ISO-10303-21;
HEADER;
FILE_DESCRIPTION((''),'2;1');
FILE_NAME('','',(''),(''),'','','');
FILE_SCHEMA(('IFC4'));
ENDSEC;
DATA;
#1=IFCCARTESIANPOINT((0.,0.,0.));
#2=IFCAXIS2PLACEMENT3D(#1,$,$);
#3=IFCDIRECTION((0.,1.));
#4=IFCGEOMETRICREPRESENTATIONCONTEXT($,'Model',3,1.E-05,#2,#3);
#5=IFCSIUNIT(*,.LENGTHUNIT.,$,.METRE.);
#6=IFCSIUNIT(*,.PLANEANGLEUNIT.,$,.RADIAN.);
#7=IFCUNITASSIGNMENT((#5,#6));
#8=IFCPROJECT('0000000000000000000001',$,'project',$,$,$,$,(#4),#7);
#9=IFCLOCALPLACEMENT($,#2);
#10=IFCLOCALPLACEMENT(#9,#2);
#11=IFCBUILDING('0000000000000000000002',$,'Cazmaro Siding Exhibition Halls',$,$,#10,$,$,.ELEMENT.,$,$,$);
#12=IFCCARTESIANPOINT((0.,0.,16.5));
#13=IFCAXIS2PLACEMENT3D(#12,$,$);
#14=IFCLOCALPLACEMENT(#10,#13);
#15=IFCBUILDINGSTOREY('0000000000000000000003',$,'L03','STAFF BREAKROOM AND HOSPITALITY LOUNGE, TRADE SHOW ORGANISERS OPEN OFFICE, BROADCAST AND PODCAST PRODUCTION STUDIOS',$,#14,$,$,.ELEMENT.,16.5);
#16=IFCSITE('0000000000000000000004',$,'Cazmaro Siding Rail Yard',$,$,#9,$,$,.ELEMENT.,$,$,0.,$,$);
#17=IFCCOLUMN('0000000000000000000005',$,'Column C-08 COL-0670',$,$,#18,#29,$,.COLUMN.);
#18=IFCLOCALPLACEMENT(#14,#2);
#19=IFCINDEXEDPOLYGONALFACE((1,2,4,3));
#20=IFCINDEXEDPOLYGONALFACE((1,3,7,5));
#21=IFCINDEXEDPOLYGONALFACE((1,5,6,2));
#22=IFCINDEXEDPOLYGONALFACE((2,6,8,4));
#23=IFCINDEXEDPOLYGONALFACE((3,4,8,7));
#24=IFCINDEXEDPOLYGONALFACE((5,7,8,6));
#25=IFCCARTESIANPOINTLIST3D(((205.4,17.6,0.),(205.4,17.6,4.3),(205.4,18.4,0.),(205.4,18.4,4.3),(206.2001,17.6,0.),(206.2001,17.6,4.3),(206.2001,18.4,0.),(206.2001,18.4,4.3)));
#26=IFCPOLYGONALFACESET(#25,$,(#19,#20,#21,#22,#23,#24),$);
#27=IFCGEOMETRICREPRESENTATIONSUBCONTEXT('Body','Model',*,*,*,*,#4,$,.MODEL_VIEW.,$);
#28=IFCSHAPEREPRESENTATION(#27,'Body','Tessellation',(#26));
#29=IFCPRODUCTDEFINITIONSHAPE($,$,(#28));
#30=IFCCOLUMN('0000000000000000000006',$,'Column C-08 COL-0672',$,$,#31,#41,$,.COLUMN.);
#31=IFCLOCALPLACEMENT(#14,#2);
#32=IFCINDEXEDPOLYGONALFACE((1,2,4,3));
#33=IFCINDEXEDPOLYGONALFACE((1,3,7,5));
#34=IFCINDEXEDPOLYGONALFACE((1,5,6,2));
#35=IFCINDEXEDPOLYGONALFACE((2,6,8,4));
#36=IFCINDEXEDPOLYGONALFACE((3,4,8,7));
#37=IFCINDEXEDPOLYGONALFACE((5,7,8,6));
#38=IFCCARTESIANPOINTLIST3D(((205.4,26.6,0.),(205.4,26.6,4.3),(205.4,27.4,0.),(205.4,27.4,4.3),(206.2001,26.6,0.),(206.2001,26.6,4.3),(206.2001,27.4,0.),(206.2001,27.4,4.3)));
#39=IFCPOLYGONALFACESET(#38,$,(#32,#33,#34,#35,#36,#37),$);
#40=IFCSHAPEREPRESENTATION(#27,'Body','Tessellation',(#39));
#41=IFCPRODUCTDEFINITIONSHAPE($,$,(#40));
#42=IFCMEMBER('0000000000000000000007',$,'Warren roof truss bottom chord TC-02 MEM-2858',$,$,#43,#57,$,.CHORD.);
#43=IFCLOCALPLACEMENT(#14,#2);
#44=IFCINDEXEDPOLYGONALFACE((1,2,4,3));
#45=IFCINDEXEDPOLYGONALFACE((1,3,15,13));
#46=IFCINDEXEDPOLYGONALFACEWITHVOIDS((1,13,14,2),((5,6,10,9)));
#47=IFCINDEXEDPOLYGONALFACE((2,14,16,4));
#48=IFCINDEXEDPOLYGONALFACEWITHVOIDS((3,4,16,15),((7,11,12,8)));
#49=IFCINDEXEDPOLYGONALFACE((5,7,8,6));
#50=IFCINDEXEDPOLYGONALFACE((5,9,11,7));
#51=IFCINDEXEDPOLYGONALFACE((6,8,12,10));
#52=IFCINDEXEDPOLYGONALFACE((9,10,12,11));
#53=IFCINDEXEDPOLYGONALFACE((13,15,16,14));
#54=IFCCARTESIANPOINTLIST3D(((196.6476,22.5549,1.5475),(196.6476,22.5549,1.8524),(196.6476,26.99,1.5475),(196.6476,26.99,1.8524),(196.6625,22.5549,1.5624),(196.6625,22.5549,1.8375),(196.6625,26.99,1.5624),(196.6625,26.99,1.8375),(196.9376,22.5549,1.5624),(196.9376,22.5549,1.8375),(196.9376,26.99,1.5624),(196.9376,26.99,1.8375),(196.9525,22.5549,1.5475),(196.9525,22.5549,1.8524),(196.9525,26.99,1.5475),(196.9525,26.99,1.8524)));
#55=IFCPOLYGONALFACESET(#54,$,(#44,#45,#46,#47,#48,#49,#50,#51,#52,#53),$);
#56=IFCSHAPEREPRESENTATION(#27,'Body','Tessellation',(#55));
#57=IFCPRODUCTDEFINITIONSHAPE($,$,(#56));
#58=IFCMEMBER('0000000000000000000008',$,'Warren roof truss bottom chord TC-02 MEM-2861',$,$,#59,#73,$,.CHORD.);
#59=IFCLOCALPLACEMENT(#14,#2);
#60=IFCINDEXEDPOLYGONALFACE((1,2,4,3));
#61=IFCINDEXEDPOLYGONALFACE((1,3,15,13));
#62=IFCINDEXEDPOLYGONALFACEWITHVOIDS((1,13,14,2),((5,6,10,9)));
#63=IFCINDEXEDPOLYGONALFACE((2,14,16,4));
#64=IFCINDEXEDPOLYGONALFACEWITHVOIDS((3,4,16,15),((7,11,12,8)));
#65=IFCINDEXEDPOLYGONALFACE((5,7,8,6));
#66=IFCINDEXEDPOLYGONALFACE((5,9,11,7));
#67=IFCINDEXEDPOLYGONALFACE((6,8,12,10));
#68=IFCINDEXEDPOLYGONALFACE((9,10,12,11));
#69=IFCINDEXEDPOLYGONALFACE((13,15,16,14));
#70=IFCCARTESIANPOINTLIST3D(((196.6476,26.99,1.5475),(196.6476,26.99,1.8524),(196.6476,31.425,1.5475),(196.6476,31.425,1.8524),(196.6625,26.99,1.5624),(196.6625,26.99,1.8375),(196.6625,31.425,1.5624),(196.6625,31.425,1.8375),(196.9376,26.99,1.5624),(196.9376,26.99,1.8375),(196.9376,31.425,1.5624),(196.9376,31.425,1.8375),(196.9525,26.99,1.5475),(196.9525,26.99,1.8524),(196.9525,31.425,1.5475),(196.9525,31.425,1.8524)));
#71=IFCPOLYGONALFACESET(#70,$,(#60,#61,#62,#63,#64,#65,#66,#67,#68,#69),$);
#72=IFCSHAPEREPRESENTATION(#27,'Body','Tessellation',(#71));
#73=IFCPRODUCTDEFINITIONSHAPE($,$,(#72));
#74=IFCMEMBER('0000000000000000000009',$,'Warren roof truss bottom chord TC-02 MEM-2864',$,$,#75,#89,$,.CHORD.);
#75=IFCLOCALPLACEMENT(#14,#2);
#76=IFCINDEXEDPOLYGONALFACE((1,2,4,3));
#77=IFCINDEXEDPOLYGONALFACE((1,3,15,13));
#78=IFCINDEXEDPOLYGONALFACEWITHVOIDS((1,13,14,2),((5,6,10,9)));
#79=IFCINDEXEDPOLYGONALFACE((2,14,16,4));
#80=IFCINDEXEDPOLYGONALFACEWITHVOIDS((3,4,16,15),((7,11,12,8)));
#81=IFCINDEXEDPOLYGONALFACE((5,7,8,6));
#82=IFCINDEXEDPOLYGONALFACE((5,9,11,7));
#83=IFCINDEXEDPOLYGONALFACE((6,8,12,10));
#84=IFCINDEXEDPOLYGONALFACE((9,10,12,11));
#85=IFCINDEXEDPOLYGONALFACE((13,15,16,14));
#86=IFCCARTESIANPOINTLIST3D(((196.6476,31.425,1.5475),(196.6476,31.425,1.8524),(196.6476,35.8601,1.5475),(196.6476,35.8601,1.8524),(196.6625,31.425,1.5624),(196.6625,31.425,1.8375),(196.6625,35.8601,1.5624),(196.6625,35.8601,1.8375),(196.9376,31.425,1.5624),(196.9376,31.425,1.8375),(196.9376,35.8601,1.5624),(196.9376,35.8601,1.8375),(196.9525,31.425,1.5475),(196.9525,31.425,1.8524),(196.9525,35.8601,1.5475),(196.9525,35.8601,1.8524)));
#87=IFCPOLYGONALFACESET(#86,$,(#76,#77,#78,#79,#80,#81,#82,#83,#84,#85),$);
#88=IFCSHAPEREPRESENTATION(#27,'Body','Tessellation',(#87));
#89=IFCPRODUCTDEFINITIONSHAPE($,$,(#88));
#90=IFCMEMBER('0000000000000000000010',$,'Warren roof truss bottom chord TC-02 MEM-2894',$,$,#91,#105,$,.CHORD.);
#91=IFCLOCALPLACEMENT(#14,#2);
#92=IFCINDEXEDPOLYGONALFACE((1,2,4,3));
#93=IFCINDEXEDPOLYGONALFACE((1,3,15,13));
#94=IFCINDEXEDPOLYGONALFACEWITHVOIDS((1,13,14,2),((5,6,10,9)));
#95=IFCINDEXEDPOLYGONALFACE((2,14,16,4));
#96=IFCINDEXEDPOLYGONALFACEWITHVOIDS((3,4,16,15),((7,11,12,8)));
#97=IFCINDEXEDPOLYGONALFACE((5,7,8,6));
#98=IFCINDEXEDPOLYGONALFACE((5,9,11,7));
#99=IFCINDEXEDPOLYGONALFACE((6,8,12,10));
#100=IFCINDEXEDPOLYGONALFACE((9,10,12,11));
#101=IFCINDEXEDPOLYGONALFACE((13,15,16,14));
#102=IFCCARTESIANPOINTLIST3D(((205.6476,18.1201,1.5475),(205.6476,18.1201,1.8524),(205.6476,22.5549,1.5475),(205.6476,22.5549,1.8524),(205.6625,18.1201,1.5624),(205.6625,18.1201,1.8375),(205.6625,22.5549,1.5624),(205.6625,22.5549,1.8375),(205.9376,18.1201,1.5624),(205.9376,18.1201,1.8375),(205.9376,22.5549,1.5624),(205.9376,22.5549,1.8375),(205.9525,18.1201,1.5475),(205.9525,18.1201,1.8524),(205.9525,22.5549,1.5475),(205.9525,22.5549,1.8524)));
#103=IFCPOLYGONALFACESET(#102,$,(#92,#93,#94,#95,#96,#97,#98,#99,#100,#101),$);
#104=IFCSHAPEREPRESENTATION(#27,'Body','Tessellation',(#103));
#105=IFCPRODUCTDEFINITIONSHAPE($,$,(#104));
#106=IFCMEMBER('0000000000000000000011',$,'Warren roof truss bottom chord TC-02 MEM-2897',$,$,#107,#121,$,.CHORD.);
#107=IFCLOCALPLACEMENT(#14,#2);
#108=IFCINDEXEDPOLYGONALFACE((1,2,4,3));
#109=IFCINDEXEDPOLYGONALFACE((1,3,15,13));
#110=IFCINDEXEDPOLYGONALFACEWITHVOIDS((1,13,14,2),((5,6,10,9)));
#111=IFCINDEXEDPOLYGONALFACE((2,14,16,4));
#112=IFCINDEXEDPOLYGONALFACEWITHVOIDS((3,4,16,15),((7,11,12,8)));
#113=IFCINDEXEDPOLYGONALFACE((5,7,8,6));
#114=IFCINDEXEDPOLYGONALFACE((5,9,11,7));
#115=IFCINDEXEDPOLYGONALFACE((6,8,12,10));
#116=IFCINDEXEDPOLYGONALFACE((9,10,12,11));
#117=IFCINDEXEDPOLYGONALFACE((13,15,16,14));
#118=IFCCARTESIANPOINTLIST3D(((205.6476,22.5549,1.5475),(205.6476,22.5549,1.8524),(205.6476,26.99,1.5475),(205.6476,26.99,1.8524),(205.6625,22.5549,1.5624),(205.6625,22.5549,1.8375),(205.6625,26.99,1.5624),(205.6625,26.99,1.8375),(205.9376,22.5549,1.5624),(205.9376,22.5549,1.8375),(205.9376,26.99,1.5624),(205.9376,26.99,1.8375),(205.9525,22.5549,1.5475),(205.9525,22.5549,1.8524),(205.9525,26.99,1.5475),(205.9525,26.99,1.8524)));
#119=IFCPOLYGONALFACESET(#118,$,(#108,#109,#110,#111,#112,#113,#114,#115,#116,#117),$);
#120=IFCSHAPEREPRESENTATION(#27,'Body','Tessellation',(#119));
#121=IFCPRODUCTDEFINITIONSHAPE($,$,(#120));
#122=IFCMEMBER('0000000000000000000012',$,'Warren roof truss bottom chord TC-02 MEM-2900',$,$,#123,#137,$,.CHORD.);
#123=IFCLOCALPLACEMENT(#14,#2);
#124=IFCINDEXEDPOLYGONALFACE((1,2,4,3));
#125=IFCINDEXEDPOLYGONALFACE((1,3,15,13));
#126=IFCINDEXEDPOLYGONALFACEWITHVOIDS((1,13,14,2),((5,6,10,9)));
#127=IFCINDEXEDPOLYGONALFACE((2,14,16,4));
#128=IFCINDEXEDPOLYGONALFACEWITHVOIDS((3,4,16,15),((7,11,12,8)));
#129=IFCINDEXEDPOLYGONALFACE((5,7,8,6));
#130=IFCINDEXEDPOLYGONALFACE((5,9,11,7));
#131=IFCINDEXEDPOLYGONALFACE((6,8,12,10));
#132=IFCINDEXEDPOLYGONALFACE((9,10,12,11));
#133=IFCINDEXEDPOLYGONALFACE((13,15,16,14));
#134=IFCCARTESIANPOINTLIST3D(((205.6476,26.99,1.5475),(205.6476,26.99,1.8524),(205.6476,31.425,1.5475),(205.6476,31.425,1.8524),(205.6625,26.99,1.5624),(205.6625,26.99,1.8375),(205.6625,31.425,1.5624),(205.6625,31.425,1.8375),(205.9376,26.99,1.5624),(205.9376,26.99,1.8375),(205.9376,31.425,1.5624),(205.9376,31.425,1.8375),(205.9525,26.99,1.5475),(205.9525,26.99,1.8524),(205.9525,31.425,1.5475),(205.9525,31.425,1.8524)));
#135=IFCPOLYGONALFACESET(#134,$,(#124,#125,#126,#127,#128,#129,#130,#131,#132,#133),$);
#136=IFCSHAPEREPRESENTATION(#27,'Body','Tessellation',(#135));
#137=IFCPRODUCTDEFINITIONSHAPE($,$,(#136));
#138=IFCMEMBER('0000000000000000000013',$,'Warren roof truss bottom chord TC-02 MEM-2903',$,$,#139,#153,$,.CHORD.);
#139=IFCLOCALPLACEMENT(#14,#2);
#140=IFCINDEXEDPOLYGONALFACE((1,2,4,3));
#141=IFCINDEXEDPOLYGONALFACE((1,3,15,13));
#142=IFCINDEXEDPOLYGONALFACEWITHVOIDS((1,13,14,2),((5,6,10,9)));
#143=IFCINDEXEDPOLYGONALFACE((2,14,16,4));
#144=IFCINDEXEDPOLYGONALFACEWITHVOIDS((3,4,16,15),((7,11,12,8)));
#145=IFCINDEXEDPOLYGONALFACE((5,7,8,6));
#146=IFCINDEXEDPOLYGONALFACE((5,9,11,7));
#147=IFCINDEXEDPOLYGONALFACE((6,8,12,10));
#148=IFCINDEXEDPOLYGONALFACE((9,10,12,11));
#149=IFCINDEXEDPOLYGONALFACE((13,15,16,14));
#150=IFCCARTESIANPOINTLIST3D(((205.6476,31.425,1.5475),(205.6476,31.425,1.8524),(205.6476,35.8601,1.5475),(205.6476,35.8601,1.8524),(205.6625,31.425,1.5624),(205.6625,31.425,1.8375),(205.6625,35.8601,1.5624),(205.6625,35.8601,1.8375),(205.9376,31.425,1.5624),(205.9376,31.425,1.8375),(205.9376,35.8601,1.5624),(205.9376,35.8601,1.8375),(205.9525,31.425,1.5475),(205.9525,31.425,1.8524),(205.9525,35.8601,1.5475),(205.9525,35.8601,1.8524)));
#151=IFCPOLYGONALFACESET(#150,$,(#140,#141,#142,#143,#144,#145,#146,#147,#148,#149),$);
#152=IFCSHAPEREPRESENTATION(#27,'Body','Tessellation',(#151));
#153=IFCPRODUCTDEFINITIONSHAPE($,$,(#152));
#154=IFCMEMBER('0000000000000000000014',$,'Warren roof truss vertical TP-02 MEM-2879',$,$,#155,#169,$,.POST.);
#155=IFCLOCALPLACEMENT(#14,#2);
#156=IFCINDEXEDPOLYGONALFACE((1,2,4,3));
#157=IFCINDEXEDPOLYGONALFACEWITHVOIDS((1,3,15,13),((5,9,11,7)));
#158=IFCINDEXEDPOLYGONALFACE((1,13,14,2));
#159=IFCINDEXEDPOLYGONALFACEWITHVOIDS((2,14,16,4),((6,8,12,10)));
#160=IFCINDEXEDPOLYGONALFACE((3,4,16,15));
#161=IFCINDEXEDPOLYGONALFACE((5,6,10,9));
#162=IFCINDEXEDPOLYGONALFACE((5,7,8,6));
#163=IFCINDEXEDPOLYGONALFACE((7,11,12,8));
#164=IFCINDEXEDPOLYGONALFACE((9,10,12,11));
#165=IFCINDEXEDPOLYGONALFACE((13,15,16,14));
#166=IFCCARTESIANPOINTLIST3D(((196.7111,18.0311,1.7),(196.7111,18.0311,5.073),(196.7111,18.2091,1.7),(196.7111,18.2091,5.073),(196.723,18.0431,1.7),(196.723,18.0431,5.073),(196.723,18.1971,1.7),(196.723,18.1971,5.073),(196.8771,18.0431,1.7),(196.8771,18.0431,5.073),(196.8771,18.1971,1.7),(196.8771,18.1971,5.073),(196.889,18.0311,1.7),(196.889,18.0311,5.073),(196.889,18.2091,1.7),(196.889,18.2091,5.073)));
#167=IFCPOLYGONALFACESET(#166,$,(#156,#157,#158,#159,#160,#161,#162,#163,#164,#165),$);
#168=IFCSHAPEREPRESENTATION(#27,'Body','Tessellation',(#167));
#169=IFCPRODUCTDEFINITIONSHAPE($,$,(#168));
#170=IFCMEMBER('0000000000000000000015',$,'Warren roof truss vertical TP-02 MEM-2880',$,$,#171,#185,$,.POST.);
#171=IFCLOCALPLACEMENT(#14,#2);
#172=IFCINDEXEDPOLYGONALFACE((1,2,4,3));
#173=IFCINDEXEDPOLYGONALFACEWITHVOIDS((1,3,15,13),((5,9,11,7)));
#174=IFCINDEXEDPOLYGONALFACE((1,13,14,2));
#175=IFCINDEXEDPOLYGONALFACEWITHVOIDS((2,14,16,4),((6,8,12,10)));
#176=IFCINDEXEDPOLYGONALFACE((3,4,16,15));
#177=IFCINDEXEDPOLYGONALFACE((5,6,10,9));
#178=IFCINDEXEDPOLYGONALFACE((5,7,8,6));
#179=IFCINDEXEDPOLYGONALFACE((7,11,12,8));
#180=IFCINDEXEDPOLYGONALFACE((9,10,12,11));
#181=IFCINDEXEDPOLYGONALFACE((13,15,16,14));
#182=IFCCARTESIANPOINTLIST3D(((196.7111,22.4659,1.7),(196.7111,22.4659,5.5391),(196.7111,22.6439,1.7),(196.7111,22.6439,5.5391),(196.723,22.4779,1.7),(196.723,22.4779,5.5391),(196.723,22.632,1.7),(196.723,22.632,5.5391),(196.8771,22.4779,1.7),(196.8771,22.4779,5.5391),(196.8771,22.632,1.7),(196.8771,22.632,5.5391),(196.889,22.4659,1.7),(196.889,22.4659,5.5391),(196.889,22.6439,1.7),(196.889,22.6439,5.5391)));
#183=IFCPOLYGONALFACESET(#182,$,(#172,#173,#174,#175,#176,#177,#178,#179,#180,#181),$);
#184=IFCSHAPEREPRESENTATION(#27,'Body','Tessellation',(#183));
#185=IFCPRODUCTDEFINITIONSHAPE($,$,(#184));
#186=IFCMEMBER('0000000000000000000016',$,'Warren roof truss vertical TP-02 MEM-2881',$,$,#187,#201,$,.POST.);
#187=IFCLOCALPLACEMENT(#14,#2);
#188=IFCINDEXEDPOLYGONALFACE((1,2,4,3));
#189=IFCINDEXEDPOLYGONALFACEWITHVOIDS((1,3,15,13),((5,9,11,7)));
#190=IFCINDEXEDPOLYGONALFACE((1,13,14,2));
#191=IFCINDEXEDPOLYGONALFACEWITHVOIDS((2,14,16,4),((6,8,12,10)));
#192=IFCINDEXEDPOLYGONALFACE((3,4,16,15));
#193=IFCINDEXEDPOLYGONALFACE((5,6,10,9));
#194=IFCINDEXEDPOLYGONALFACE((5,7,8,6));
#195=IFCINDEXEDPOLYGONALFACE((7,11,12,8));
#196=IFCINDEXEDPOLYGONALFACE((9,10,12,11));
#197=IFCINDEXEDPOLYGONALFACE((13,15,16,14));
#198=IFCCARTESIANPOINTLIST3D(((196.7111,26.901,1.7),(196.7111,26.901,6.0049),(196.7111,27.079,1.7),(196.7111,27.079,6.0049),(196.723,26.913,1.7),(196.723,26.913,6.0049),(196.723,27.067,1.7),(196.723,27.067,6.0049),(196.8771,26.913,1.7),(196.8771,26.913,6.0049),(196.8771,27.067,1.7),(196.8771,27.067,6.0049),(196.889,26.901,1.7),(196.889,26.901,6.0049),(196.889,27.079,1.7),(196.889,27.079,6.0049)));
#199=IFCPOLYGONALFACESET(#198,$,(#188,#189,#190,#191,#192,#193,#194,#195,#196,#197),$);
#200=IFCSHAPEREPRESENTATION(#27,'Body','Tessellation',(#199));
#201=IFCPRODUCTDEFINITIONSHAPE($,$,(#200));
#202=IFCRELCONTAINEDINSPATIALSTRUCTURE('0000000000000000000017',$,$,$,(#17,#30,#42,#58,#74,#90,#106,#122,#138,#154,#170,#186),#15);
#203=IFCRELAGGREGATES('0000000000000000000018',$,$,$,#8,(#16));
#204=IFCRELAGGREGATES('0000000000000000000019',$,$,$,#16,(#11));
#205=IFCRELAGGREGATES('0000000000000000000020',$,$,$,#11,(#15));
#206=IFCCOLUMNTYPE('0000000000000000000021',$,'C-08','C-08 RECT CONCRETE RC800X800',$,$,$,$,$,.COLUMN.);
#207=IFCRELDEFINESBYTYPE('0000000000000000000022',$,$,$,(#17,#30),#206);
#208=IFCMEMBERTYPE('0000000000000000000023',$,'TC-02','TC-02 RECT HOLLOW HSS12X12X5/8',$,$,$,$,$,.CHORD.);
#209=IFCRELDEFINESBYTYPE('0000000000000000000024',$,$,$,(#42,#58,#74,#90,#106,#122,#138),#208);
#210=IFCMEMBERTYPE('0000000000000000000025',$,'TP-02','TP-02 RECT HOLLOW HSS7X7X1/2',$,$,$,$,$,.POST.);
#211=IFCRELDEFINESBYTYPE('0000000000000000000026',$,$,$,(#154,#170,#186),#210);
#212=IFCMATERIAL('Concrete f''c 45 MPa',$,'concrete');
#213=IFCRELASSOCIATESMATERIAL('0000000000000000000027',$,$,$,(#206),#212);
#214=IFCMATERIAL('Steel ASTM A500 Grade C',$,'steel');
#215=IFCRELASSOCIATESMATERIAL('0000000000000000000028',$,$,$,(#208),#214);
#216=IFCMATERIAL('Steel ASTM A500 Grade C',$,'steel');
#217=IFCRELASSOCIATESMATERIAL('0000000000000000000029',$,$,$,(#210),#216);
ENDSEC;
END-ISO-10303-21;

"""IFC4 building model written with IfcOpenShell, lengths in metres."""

from ifc_helpers import new_model, si_unit, direction, frame, origin, origin_2d, place, context, subcontext, project, spatial, rectangle, hollow_rectangle, extrude, material, material_profile, profile_set, type_object, element, save


model = new_model("IFC4")

# Units and contexts
model_context = context("Model", 3, precision=1e-05, world=origin(), true_north=direction((0.0, 1.0)))
body_context = subcontext(model_context, "Body", "Model", "MODEL_VIEW")
ifc_project = project(units=[si_unit("LENGTHUNIT", "METRE"), si_unit("PLANEANGLEUNIT", "RADIAN")], contexts=[model_context])

# Site, building, storey
site_placement = place(None, origin())
site = spatial("IfcSite", under=ifc_project, at=site_placement, Name="Cazmaro Siding Rail Yard", CompositionType="ELEMENT", RefElevation=0.0)
building_placement = place(site_placement, origin())
building = spatial("IfcBuilding", under=site, at=building_placement, Name="Cazmaro Siding Exhibition Halls", CompositionType="ELEMENT")
storey_placement = place(building_placement, frame((0.0, 0.0, 16.5)))
storey = spatial("IfcBuildingStorey", under=building, at=storey_placement, Name="L03", Description="STAFF BREAKROOM AND HOSPITALITY LOUNGE, TRADE SHOW ORGANISERS OPEN OFFICE, BROADCAST AND PODCAST PRODUCTION STUDIOS", CompositionType="ELEMENT", Elevation=16.5)

# Columns
ifc_material_1 = material(Name="Concrete f'c 45 MPa", Category="concrete")
ifc_material_profile_1 = material_profile(ifc_material_1, rectangle(XDim=0.8, YDim=0.8, at=origin_2d()), Name="RC800X800")
ifc_profile_set_1 = profile_set([ifc_material_profile_1], Name="Concrete f'c 45 MPa")
column_type = type_object("IfcColumnType", Name="C-08", Description="C-08 RECT CONCRETE RC800X800", PredefinedType="COLUMN", material=ifc_profile_set_1)
for number, where, z_axis, x_axis, name in (
    (1, (205.8, 18.0, 0.0), (0.0, 0.0, 1.0), (1.0, 0.0, 0.0), "Column C-08 COL-0670"),
    (2, (205.8, 27.0, 0.0), (0.0, 0.0, 1.0), (1.0, 0.0, 0.0), "Column C-08 COL-0672"),
):
    element("IfcColumn", number, at=place(storey_placement, frame(where, z_axis=z_axis, x_axis=x_axis)), inside=storey, type_object=column_type, Name=name, PredefinedType="COLUMN", context=body_context, shape_type="SweptSolid", body=[
        extrude(rectangle(XDim=0.8, YDim=0.8, at=origin_2d()), origin(), (0.0, 0.0, 1.0), 4.3),
    ])

# Members
ifc_material_2 = material(Name="Steel ASTM A500 Grade C", Category="steel")
ifc_material_profile_2 = material_profile(ifc_material_2, hollow_rectangle(XDim=0.3049, YDim=0.3049, WallThickness=0.0149, at=origin_2d()), Name="HSS12X12X5/8")
ifc_profile_set_2 = profile_set([ifc_material_profile_2], Name="Steel ASTM A500 Grade C")
member_type_1 = type_object("IfcMemberType", Name="TC-02", Description="TC-02 RECT HOLLOW HSS12X12X5/8", PredefinedType="CHORD", material=ifc_profile_set_2)
for number, where, z_axis, x_axis, name in (
    (3, (196.8, 22.5549, 1.7), (0.0, 1.0, 0.0), (-1.0, 0.0, 0.0), "Warren roof truss bottom chord TC-02 MEM-2858"),
    (4, (196.8, 26.99, 1.7), (0.0, 1.0, 0.0), (-1.0, 0.0, 0.0), "Warren roof truss bottom chord TC-02 MEM-2861"),
    (5, (196.8, 31.425, 1.7), (0.0, 1.0, 0.0), (-1.0, 0.0, 0.0), "Warren roof truss bottom chord TC-02 MEM-2864"),
):
    element("IfcMember", number, at=place(storey_placement, frame(where, z_axis=z_axis, x_axis=x_axis)), inside=storey, type_object=member_type_1, Name=name, PredefinedType="CHORD", context=body_context, shape_type="SweptSolid", body=[
        extrude(hollow_rectangle(XDim=0.3049, YDim=0.3049, WallThickness=0.0149, at=origin_2d()), origin(), (0.0, 0.0, 1.0), 4.4351),
    ])
member_1_placement = place(storey_placement, frame((205.8, 18.1201, 1.7), z_axis=(0.0, 1.0, 0.0), x_axis=(-1.0, 0.0, 0.0)))
element("IfcMember", 6, at=member_1_placement, inside=storey, type_object=member_type_1, Name="Warren roof truss bottom chord TC-02 MEM-2894", PredefinedType="CHORD", context=body_context, shape_type="SweptSolid", body=[
    extrude(hollow_rectangle(XDim=0.3049, YDim=0.3049, WallThickness=0.0149, at=origin_2d()), origin(), (0.0, 0.0, 1.0), 4.4348),
])
for number, where, z_axis, x_axis, name in (
    (7, (205.8, 22.5549, 1.7), (0.0, 1.0, 0.0), (-1.0, 0.0, 0.0), "Warren roof truss bottom chord TC-02 MEM-2897"),
    (8, (205.8, 26.99, 1.7), (0.0, 1.0, 0.0), (-1.0, 0.0, 0.0), "Warren roof truss bottom chord TC-02 MEM-2900"),
    (9, (205.8, 31.425, 1.7), (0.0, 1.0, 0.0), (-1.0, 0.0, 0.0), "Warren roof truss bottom chord TC-02 MEM-2903"),
):
    element("IfcMember", number, at=place(storey_placement, frame(where, z_axis=z_axis, x_axis=x_axis)), inside=storey, type_object=member_type_1, Name=name, PredefinedType="CHORD", context=body_context, shape_type="SweptSolid", body=[
        extrude(hollow_rectangle(XDim=0.3049, YDim=0.3049, WallThickness=0.0149, at=origin_2d()), origin(), (0.0, 0.0, 1.0), 4.4351),
    ])
ifc_material_3 = material(Name="Steel ASTM A500 Grade C", Category="steel")
ifc_material_profile_3 = material_profile(ifc_material_3, hollow_rectangle(XDim=0.178, YDim=0.178, WallThickness=0.012, at=origin_2d()), Name="HSS7X7X1/2")
ifc_profile_set_3 = profile_set([ifc_material_profile_3], Name="Steel ASTM A500 Grade C")
member_type_2 = type_object("IfcMemberType", Name="TP-02", Description="TP-02 RECT HOLLOW HSS7X7X1/2", PredefinedType="POST", material=ifc_profile_set_3)
member_2_placement = place(storey_placement, frame((196.8, 18.1201, 1.7), z_axis=(0.0, 0.0, 1.0), x_axis=(1.0, 0.0, 0.0)))
element("IfcMember", 10, at=member_2_placement, inside=storey, type_object=member_type_2, Name="Warren roof truss vertical TP-02 MEM-2879", PredefinedType="POST", context=body_context, shape_type="SweptSolid", body=[
    extrude(hollow_rectangle(XDim=0.178, YDim=0.178, WallThickness=0.012, at=origin_2d()), origin(), (0.0, 0.0, 1.0), 3.373),
])
member_3_placement = place(storey_placement, frame((196.8, 22.5549, 1.7), z_axis=(0.0, 0.0, 1.0), x_axis=(1.0, 0.0, 0.0)))
element("IfcMember", 11, at=member_3_placement, inside=storey, type_object=member_type_2, Name="Warren roof truss vertical TP-02 MEM-2880", PredefinedType="POST", context=body_context, shape_type="SweptSolid", body=[
    extrude(hollow_rectangle(XDim=0.178, YDim=0.178, WallThickness=0.012, at=origin_2d()), origin(), (0.0, 0.0, 1.0), 3.8391),
])
member_4_placement = place(storey_placement, frame((196.8, 26.99, 1.7), z_axis=(0.0, 0.0, 1.0), x_axis=(1.0, 0.0, 0.0)))
element("IfcMember", 12, at=member_4_placement, inside=storey, type_object=member_type_2, Name="Warren roof truss vertical TP-02 MEM-2881", PredefinedType="POST", context=body_context, shape_type="SweptSolid", body=[
    extrude(hollow_rectangle(XDim=0.178, YDim=0.178, WallThickness=0.012, at=origin_2d()), origin(), (0.0, 0.0, 1.0), 4.3049),
])

save(model, "model.ifc")
